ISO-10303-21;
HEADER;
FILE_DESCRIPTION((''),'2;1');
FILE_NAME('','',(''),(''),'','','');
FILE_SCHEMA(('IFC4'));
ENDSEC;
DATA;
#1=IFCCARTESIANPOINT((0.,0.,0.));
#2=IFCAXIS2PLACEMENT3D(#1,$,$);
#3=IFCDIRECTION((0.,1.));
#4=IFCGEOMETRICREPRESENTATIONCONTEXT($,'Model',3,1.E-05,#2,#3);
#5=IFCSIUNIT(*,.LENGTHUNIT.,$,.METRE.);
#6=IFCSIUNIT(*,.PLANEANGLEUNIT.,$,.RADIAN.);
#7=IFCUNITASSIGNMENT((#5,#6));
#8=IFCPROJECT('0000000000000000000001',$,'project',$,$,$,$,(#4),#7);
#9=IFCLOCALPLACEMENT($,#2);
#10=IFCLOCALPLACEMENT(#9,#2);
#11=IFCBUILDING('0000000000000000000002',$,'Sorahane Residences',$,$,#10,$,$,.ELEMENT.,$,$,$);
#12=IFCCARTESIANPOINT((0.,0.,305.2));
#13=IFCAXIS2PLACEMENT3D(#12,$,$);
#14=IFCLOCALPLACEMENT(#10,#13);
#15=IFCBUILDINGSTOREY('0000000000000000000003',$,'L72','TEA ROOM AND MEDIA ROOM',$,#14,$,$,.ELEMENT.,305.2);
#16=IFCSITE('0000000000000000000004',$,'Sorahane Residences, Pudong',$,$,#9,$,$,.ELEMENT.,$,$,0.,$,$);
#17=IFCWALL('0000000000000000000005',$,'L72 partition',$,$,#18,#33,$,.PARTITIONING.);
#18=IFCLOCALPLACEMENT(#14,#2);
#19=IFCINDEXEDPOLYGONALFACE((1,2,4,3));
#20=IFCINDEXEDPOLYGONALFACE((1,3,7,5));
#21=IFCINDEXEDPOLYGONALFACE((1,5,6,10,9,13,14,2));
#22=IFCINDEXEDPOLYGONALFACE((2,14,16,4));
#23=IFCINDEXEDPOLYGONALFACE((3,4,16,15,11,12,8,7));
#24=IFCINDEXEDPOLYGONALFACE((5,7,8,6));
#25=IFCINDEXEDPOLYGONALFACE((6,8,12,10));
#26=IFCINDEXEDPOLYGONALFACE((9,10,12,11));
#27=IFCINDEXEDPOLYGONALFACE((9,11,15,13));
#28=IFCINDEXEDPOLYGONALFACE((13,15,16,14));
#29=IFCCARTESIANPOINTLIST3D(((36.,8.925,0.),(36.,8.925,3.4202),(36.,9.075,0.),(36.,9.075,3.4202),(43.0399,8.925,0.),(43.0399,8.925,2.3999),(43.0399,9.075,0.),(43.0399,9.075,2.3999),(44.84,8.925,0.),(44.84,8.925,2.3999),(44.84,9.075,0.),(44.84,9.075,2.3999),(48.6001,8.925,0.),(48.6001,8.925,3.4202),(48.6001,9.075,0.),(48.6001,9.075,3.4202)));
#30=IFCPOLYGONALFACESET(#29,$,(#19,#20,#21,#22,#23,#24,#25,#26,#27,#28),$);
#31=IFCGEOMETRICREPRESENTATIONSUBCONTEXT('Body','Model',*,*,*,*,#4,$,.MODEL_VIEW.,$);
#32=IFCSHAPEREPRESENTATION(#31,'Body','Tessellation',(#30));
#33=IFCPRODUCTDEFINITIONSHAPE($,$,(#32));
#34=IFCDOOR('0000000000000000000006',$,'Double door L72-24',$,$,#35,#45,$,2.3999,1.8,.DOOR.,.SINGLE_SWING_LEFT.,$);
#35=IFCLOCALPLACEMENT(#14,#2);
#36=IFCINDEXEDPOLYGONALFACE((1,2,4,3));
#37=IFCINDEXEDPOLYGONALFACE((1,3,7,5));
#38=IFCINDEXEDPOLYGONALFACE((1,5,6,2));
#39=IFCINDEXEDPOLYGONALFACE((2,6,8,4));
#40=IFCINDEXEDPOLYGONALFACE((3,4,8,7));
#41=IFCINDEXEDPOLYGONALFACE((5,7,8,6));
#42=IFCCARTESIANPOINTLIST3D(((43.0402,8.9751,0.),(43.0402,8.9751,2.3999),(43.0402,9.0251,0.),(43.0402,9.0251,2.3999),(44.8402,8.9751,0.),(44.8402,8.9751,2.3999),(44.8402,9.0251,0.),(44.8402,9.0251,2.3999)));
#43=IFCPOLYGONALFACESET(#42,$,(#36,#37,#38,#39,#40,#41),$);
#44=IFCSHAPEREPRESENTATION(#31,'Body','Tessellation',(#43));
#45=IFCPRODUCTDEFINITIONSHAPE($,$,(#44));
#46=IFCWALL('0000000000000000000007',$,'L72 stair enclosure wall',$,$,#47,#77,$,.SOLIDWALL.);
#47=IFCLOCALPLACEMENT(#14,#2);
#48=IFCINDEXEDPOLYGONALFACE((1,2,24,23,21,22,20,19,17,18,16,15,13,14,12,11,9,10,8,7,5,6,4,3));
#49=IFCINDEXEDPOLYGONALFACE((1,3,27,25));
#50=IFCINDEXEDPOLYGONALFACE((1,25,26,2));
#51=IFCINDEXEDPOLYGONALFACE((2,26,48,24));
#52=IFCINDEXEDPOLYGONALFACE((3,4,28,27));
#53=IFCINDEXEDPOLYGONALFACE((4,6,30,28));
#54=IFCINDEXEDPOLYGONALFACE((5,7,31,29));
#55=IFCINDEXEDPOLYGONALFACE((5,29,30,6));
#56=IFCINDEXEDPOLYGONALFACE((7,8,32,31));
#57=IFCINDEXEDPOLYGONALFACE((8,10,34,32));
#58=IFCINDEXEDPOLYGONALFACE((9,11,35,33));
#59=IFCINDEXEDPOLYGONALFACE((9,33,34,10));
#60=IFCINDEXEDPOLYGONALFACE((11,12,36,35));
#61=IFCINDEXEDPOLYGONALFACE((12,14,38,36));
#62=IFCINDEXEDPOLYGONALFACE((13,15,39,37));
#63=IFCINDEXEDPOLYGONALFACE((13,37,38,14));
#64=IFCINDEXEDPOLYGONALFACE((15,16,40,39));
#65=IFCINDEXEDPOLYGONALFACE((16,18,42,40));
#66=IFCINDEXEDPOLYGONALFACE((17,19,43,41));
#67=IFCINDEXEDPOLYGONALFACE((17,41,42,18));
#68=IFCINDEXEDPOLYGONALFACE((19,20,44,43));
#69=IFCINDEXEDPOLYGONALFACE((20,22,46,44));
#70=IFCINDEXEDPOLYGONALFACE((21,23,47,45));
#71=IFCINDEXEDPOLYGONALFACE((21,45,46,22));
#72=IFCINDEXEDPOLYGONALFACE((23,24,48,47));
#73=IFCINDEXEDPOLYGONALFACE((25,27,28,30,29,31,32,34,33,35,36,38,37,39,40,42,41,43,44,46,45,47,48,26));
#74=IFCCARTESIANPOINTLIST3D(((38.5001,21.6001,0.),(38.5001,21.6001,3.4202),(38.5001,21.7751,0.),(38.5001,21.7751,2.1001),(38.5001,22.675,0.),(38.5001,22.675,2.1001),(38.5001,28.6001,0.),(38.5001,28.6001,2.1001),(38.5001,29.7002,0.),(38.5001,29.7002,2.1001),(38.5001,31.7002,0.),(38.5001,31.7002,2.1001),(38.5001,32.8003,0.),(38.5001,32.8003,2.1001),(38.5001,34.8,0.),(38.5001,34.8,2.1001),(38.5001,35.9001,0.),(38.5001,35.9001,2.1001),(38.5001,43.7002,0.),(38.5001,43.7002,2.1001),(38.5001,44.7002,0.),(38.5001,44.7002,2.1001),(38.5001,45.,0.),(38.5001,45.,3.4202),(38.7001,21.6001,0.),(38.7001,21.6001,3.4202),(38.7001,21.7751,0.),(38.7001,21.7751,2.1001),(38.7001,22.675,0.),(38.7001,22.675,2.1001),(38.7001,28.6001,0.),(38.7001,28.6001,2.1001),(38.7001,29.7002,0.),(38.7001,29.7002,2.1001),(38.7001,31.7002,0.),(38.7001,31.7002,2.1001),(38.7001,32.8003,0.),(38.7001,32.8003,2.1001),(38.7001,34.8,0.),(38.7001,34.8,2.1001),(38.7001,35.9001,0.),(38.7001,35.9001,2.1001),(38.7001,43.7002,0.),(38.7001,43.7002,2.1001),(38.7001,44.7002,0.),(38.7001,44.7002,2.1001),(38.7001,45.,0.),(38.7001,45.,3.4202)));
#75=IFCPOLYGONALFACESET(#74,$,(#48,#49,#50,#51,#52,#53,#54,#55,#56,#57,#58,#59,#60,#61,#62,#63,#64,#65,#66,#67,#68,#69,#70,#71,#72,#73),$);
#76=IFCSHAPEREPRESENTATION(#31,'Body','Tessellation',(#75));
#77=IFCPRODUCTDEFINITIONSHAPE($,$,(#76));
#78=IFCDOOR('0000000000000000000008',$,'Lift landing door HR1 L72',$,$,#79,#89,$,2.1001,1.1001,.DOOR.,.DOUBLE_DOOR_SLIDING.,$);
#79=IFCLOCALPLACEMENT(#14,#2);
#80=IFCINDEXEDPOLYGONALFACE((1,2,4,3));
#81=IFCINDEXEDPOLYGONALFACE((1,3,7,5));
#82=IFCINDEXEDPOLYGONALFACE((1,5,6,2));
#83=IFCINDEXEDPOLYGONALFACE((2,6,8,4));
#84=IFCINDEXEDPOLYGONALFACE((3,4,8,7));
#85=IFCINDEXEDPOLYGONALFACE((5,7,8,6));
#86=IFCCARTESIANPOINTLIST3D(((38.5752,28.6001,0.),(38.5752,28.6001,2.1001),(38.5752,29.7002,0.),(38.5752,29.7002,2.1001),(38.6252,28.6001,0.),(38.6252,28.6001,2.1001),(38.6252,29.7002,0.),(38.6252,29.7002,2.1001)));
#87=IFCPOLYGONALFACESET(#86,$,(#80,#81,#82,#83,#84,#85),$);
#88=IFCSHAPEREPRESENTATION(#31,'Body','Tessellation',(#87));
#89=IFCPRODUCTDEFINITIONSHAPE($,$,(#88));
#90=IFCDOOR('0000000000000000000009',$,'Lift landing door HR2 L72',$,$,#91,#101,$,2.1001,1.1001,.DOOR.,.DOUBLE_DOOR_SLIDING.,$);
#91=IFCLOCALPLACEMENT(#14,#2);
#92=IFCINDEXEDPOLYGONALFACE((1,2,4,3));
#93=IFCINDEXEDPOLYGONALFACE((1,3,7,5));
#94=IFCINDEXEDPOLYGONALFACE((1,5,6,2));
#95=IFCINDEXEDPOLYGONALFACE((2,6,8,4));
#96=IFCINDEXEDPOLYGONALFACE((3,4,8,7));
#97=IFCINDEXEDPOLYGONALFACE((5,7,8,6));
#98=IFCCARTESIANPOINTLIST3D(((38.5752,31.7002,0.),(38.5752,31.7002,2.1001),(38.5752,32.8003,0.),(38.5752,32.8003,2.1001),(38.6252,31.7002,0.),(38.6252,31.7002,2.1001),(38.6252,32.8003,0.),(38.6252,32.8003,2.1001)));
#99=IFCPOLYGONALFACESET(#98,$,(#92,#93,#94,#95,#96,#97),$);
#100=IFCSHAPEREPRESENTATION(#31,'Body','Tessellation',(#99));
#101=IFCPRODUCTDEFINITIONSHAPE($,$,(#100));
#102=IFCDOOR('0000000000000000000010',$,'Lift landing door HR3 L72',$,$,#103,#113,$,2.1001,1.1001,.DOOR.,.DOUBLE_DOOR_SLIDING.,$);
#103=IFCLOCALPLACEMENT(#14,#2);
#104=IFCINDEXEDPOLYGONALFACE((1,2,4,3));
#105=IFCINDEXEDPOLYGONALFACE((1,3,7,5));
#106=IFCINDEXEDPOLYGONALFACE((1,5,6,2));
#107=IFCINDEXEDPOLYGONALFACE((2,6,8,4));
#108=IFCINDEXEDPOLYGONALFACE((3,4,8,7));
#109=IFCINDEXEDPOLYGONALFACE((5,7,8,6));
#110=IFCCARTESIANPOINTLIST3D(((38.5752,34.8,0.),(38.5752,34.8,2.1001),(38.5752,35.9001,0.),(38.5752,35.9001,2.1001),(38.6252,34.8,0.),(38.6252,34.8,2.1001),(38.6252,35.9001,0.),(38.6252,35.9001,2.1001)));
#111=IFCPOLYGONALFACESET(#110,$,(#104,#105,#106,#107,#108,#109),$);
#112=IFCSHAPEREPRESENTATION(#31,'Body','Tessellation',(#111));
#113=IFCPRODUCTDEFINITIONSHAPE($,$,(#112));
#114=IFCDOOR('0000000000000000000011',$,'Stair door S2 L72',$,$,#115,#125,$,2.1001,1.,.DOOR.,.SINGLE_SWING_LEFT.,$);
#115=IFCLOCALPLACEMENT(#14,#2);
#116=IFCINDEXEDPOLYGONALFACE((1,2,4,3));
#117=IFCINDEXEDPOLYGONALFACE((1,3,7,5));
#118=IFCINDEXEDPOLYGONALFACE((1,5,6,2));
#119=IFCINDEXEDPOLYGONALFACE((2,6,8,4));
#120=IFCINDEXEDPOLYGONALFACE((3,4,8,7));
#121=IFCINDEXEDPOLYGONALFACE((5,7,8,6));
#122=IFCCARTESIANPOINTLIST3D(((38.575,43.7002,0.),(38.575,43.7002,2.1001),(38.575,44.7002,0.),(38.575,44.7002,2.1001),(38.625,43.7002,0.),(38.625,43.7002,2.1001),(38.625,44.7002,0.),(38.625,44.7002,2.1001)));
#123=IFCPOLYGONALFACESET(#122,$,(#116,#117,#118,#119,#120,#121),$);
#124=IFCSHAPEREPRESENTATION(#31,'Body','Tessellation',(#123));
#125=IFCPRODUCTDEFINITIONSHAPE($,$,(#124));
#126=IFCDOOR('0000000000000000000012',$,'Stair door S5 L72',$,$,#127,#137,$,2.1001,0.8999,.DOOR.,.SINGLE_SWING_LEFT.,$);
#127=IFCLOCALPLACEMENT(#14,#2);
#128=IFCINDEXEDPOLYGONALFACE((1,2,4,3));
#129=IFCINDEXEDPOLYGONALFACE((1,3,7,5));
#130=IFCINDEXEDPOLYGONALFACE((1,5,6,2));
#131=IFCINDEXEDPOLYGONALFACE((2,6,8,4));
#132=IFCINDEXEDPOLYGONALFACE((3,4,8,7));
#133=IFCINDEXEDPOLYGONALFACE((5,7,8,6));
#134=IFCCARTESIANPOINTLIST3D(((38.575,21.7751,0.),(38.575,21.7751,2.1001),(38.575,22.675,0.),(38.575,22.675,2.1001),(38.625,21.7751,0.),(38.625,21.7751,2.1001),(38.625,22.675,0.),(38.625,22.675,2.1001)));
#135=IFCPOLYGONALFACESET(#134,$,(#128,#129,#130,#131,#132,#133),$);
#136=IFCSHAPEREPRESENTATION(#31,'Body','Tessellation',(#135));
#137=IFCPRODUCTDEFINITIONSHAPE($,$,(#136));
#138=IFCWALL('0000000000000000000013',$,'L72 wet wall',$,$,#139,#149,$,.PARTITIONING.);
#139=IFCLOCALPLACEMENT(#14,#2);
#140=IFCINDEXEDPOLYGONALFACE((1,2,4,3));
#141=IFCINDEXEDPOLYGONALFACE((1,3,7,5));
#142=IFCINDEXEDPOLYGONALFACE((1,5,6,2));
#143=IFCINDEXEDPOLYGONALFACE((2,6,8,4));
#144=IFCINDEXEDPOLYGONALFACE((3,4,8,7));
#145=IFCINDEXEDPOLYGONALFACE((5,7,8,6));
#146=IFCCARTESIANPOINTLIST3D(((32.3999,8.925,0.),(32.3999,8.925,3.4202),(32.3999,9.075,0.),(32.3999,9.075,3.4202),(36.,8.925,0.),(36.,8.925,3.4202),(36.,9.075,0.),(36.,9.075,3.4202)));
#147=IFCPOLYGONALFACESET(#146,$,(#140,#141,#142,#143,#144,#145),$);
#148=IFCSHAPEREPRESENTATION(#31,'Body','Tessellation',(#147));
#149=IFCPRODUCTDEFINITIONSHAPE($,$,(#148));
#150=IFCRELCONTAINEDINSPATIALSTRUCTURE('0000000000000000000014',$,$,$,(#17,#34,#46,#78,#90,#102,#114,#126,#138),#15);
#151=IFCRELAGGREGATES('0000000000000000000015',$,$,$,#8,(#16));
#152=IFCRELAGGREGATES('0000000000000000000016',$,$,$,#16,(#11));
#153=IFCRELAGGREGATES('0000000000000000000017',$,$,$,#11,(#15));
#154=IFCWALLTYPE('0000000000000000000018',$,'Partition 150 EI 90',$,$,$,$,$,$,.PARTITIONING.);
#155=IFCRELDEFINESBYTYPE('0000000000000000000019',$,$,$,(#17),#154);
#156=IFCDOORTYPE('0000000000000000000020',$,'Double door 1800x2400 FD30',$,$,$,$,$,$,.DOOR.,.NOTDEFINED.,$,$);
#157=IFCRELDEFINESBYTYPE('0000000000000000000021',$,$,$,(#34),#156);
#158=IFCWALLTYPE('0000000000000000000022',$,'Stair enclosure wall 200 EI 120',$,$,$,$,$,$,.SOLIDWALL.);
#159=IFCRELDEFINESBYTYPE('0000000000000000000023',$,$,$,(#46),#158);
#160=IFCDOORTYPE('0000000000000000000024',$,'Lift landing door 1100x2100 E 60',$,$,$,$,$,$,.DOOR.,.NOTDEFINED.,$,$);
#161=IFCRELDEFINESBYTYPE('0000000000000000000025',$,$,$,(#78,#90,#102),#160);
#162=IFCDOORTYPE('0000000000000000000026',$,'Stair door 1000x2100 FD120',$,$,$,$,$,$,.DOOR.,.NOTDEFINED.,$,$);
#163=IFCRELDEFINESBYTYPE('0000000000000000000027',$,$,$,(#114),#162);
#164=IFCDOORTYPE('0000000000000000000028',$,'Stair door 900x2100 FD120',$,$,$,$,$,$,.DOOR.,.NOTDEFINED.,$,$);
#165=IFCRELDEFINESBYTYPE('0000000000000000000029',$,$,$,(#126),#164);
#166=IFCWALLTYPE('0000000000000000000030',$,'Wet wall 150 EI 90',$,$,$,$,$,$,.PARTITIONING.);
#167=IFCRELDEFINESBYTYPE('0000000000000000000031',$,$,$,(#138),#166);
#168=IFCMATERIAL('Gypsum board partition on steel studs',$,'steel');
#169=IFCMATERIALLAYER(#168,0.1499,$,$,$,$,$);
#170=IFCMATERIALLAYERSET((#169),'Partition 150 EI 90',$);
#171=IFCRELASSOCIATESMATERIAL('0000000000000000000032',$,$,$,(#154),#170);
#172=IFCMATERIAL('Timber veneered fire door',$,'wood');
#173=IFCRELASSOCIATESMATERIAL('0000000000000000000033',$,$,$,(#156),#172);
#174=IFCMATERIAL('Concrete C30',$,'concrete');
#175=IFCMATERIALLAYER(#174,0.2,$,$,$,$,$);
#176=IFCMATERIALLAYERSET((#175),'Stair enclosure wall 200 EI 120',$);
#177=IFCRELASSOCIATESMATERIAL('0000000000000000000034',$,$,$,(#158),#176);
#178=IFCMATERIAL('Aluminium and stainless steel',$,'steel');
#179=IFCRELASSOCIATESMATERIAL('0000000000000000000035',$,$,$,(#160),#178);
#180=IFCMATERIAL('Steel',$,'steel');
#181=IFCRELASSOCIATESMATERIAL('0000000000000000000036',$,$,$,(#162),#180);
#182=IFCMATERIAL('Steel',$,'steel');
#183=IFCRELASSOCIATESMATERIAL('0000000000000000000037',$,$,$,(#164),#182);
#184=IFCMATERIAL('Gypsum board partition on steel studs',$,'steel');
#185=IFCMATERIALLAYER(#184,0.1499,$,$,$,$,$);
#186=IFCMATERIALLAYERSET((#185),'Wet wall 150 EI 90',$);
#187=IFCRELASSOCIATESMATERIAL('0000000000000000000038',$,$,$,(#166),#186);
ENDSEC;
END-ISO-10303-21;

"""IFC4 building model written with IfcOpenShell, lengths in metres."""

from ifc_helpers import new_model, si_unit, direction, frame, frame_2d, origin, place, context, subcontext, project, spatial, rectangle, extrude, material, layer, layer_set, type_object, element, fill, save


model = new_model("IFC4")

# Units and contexts
model_context = context("Model", 3, precision=1e-05, world=origin(), true_north=direction((0.0, 1.0)))
body_context = subcontext(model_context, "Body", "Model", "MODEL_VIEW")
ifc_project = project(units=[si_unit("LENGTHUNIT", "METRE"), si_unit("PLANEANGLEUNIT", "RADIAN")], contexts=[model_context])

# Site, building, storey
site_placement = place(None, origin())
site = spatial("IfcSite", under=ifc_project, at=site_placement, Name="Sorahane Residences, Pudong", CompositionType="ELEMENT", RefElevation=0.0)
building_placement = place(site_placement, origin())
building = spatial("IfcBuilding", under=site, at=building_placement, Name="Sorahane Residences", CompositionType="ELEMENT")
storey_placement = place(building_placement, frame((0.0, 0.0, 305.2)))
storey = spatial("IfcBuildingStorey", under=building, at=storey_placement, Name="L72", Description="TEA ROOM AND MEDIA ROOM", CompositionType="ELEMENT", Elevation=305.2)

# Shared definitions
ifc_material_1 = material(Name="Gypsum board partition on steel studs", Category="steel")
ifc_layer_1 = layer(ifc_material_1, 0.1499)
ifc_layer_set_1 = layer_set([ifc_layer_1], Name="Partition 150 EI 90")
wall_type_1 = type_object("IfcWallType", Name="Partition 150 EI 90", PredefinedType="PARTITIONING", material=ifc_layer_set_1)

# Wall, opening, door
wall_1_placement = place(storey_placement, frame((36.0, 9.0, 0.0), z_axis=(0.0, 0.0, 1.0), x_axis=(1.0, 0.0, 0.0)))
wall_1 = element("IfcWall", 1, at=wall_1_placement, inside=storey, type_object=wall_type_1, Name="L72 partition", PredefinedType="PARTITIONING", context=body_context, shape_type="SweptSolid", body=[
    extrude(rectangle(XDim=12.6001, YDim=0.1499, at=frame_2d((6.3, 0.0))), origin(), (0.0, 0.0, 1.0), 3.4202),
])
opening_1_placement = place(wall_1_placement, frame((7.04, 0.0, 0.0)))
opening_1 = element("IfcOpeningElement", 2, at=opening_1_placement, cuts=wall_1, PredefinedType="OPENING", context=body_context, shape_type="SweptSolid", body=[
    extrude(rectangle(XDim=1.8, YDim=2.3999, at=frame_2d((0.8999, 1.2))), frame((0.0, 0.085, 0.0), z_axis=(0.0, -1.0, 0.0), x_axis=(1.0, 0.0, 0.0)), (0.0, 0.0, 1.0), 0.1699),
])
ifc_material_2 = material(Name="Timber veneered fire door", Category="wood")
door_type_1 = type_object("IfcDoorType", Name="Double door 1800x2400 FD30", OperationType="NOTDEFINED", PredefinedType="DOOR", material=ifc_material_2)
door_1_placement = place(opening_1_placement, frame((1.8, 0.0, 0.0), z_axis=(0.0, 0.0, 1.0), x_axis=(-1.0, 0.0, 0.0)))
door_1 = element("IfcDoor", 3, at=door_1_placement, inside=storey, type_object=door_type_1, Name="Double door L72-24", OperationType="SINGLE_SWING_LEFT", OverallHeight=2.3999, OverallWidth=1.8, PredefinedType="DOOR", context=body_context, shape_type="SweptSolid", body=[
    extrude(rectangle(XDim=1.8, YDim=2.3999, at=frame_2d((0.8999, 1.2))), frame((0.0, 0.0249, 0.0), z_axis=(0.0, -1.0, 0.0), x_axis=(1.0, 0.0, 0.0)), (0.0, 0.0, 1.0), 0.05),
])
fill(opening_1, door_1)

# Wall, openings, doors
ifc_material_3 = material(Name="Concrete C30", Category="concrete")
ifc_layer_2 = layer(ifc_material_3, 0.2)
ifc_layer_set_2 = layer_set([ifc_layer_2], Name="Stair enclosure wall 200 EI 120")
wall_type_2 = type_object("IfcWallType", Name="Stair enclosure wall 200 EI 120", PredefinedType="SOLIDWALL", material=ifc_layer_set_2)
wall_2_placement = place(storey_placement, frame((38.6001, 21.6001, 0.0), z_axis=(0.0, 0.0, 1.0), x_axis=(0.0, 1.0, 0.0)))
wall_2 = element("IfcWall", 4, at=wall_2_placement, inside=storey, type_object=wall_type_2, Name="L72 stair enclosure wall", PredefinedType="SOLIDWALL", context=body_context, shape_type="SweptSolid", body=[
    extrude(rectangle(XDim=23.3999, YDim=0.2, at=frame_2d((11.7, 0.0))), origin(), (0.0, 0.0, 1.0), 3.4202),
])
opening_2_placement = place(wall_2_placement, frame((7.0, 0.0, 0.0)))
opening_2 = element("IfcOpeningElement", 5, at=opening_2_placement, cuts=wall_2, PredefinedType="OPENING", context=body_context, shape_type="SweptSolid", body=[
    extrude(rectangle(XDim=1.1001, YDim=2.1001, at=frame_2d((0.55, 1.05))), frame((0.0, 0.1099, 0.0), z_axis=(0.0, -1.0, 0.0), x_axis=(1.0, 0.0, 0.0)), (0.0, 0.0, 1.0), 0.22),
])
opening_3_placement = place(wall_2_placement, frame((10.1001, 0.0, 0.0)))
opening_3 = element("IfcOpeningElement", 6, at=opening_3_placement, cuts=wall_2, PredefinedType="OPENING", context=body_context, shape_type="SweptSolid", body=[
    extrude(rectangle(XDim=1.1001, YDim=2.1001, at=frame_2d((0.55, 1.05))), frame((0.0, 0.1099, 0.0), z_axis=(0.0, -1.0, 0.0), x_axis=(1.0, 0.0, 0.0)), (0.0, 0.0, 1.0), 0.22),
])
opening_4_placement = place(wall_2_placement, frame((13.2, 0.0, 0.0)))
opening_4 = element("IfcOpeningElement", 7, at=opening_4_placement, cuts=wall_2, PredefinedType="OPENING", context=body_context, shape_type="SweptSolid", body=[
    extrude(rectangle(XDim=1.1001, YDim=2.1001, at=frame_2d((0.55, 1.05))), frame((0.0, 0.1099, 0.0), z_axis=(0.0, -1.0, 0.0), x_axis=(1.0, 0.0, 0.0)), (0.0, 0.0, 1.0), 0.22),
])
opening_5_placement = place(wall_2_placement, frame((22.1001, 0.0, 0.0)))
opening_5 = element("IfcOpeningElement", 8, at=opening_5_placement, cuts=wall_2, PredefinedType="OPENING", context=body_context, shape_type="SweptSolid", body=[
    extrude(rectangle(XDim=1.0, YDim=2.1001, at=frame_2d((0.5, 1.05))), frame((0.0, 0.1099, 0.0), z_axis=(0.0, -1.0, 0.0), x_axis=(1.0, 0.0, 0.0)), (0.0, 0.0, 1.0), 0.22),
])
opening_6_placement = place(wall_2_placement, frame((0.175, 0.0, 0.0)))
opening_6 = element("IfcOpeningElement", 9, at=opening_6_placement, cuts=wall_2, PredefinedType="OPENING", context=body_context, shape_type="SweptSolid", body=[
    extrude(rectangle(XDim=0.8999, YDim=2.1001, at=frame_2d((0.45, 1.05))), frame((0.0, 0.1099, 0.0), z_axis=(0.0, -1.0, 0.0), x_axis=(1.0, 0.0, 0.0)), (0.0, 0.0, 1.0), 0.22),
])
ifc_material_4 = material(Name="Aluminium and stainless steel", Category="steel")
door_type_2 = type_object("IfcDoorType", Name="Lift landing door 1100x2100 E 60", OperationType="NOTDEFINED", PredefinedType="DOOR", material=ifc_material_4)
door_2_placement = place(opening_2_placement, origin())
door_2 = element("IfcDoor", 10, at=door_2_placement, inside=storey, type_object=door_type_2, Name="Lift landing door HR1 L72", OperationType="DOUBLE_DOOR_SLIDING", OverallHeight=2.1001, OverallWidth=1.1001, PredefinedType="DOOR", context=body_context, shape_type="SweptSolid", body=[
    extrude(rectangle(XDim=1.1001, YDim=2.1001, at=frame_2d((0.55, 1.05))), frame((0.0, 0.0249, 0.0), z_axis=(0.0, -1.0, 0.0), x_axis=(1.0, 0.0, 0.0)), (0.0, 0.0, 1.0), 0.05),
])
fill(opening_2, door_2)
door_3_placement = place(opening_3_placement, origin())
door_3 = element("IfcDoor", 11, at=door_3_placement, inside=storey, type_object=door_type_2, Name="Lift landing door HR2 L72", OperationType="DOUBLE_DOOR_SLIDING", OverallHeight=2.1001, OverallWidth=1.1001, PredefinedType="DOOR", context=body_context, shape_type="SweptSolid", body=[
    extrude(rectangle(XDim=1.1001, YDim=2.1001, at=frame_2d((0.55, 1.05))), frame((0.0, 0.0249, 0.0), z_axis=(0.0, -1.0, 0.0), x_axis=(1.0, 0.0, 0.0)), (0.0, 0.0, 1.0), 0.05),
])
fill(opening_3, door_3)
door_4_placement = place(opening_4_placement, origin())
door_4 = element("IfcDoor", 12, at=door_4_placement, inside=storey, type_object=door_type_2, Name="Lift landing door HR3 L72", OperationType="DOUBLE_DOOR_SLIDING", OverallHeight=2.1001, OverallWidth=1.1001, PredefinedType="DOOR", context=body_context, shape_type="SweptSolid", body=[
    extrude(rectangle(XDim=1.1001, YDim=2.1001, at=frame_2d((0.55, 1.05))), frame((0.0, 0.0249, 0.0), z_axis=(0.0, -1.0, 0.0), x_axis=(1.0, 0.0, 0.0)), (0.0, 0.0, 1.0), 0.05),
])
fill(opening_4, door_4)
ifc_material_5 = material(Name="Steel", Category="steel")
door_type_3 = type_object("IfcDoorType", Name="Stair door 1000x2100 FD120", OperationType="NOTDEFINED", PredefinedType="DOOR", material=ifc_material_5)
door_5_placement = place(opening_5_placement, frame((1.0, 0.0, 0.0), z_axis=(0.0, 0.0, 1.0), x_axis=(-1.0, 0.0, 0.0)))
door_5 = element("IfcDoor", 13, at=door_5_placement, inside=storey, type_object=door_type_3, Name="Stair door S2 L72", OperationType="SINGLE_SWING_LEFT", OverallHeight=2.1001, OverallWidth=1.0, PredefinedType="DOOR", context=body_context, shape_type="SweptSolid", body=[
    extrude(rectangle(XDim=1.0, YDim=2.1001, at=frame_2d((0.5, 1.05))), frame((0.0, 0.0249, 0.0), z_axis=(0.0, -1.0, 0.0), x_axis=(1.0, 0.0, 0.0)), (0.0, 0.0, 1.0), 0.05),
])
fill(opening_5, door_5)
ifc_material_6 = material(Name="Steel", Category="steel")
door_type_4 = type_object("IfcDoorType", Name="Stair door 900x2100 FD120", OperationType="NOTDEFINED", PredefinedType="DOOR", material=ifc_material_6)
door_6_placement = place(opening_6_placement, frame((0.8999, 0.0, 0.0), z_axis=(0.0, 0.0, 1.0), x_axis=(-1.0, 0.0, 0.0)))
door_6 = element("IfcDoor", 14, at=door_6_placement, inside=storey, type_object=door_type_4, Name="Stair door S5 L72", OperationType="SINGLE_SWING_LEFT", OverallHeight=2.1001, OverallWidth=0.8999, PredefinedType="DOOR", context=body_context, shape_type="SweptSolid", body=[
    extrude(rectangle(XDim=0.8999, YDim=2.1001, at=frame_2d((0.45, 1.05))), frame((0.0, 0.0249, 0.0), z_axis=(0.0, -1.0, 0.0), x_axis=(1.0, 0.0, 0.0)), (0.0, 0.0, 1.0), 0.05),
])
fill(opening_6, door_6)

# Wall
ifc_material_7 = material(Name="Gypsum board partition on steel studs", Category="steel")
ifc_layer_3 = layer(ifc_material_7, 0.1499)
ifc_layer_set_3 = layer_set([ifc_layer_3], Name="Wet wall 150 EI 90")
wall_type_3 = type_object("IfcWallType", Name="Wet wall 150 EI 90", PredefinedType="PARTITIONING", material=ifc_layer_set_3)
wall_3_placement = place(storey_placement, frame((32.3999, 9.0, 0.0), z_axis=(0.0, 0.0, 1.0), x_axis=(1.0, 0.0, 0.0)))
element("IfcWall", 15, at=wall_3_placement, inside=storey, type_object=wall_type_3, Name="L72 wet wall", PredefinedType="PARTITIONING", context=body_context, shape_type="SweptSolid", body=[
    extrude(rectangle(XDim=3.6001, YDim=0.1499, at=frame_2d((1.8, 0.0))), origin(), (0.0, 0.0, 1.0), 3.4202),
])

save(model, "model.ifc")
